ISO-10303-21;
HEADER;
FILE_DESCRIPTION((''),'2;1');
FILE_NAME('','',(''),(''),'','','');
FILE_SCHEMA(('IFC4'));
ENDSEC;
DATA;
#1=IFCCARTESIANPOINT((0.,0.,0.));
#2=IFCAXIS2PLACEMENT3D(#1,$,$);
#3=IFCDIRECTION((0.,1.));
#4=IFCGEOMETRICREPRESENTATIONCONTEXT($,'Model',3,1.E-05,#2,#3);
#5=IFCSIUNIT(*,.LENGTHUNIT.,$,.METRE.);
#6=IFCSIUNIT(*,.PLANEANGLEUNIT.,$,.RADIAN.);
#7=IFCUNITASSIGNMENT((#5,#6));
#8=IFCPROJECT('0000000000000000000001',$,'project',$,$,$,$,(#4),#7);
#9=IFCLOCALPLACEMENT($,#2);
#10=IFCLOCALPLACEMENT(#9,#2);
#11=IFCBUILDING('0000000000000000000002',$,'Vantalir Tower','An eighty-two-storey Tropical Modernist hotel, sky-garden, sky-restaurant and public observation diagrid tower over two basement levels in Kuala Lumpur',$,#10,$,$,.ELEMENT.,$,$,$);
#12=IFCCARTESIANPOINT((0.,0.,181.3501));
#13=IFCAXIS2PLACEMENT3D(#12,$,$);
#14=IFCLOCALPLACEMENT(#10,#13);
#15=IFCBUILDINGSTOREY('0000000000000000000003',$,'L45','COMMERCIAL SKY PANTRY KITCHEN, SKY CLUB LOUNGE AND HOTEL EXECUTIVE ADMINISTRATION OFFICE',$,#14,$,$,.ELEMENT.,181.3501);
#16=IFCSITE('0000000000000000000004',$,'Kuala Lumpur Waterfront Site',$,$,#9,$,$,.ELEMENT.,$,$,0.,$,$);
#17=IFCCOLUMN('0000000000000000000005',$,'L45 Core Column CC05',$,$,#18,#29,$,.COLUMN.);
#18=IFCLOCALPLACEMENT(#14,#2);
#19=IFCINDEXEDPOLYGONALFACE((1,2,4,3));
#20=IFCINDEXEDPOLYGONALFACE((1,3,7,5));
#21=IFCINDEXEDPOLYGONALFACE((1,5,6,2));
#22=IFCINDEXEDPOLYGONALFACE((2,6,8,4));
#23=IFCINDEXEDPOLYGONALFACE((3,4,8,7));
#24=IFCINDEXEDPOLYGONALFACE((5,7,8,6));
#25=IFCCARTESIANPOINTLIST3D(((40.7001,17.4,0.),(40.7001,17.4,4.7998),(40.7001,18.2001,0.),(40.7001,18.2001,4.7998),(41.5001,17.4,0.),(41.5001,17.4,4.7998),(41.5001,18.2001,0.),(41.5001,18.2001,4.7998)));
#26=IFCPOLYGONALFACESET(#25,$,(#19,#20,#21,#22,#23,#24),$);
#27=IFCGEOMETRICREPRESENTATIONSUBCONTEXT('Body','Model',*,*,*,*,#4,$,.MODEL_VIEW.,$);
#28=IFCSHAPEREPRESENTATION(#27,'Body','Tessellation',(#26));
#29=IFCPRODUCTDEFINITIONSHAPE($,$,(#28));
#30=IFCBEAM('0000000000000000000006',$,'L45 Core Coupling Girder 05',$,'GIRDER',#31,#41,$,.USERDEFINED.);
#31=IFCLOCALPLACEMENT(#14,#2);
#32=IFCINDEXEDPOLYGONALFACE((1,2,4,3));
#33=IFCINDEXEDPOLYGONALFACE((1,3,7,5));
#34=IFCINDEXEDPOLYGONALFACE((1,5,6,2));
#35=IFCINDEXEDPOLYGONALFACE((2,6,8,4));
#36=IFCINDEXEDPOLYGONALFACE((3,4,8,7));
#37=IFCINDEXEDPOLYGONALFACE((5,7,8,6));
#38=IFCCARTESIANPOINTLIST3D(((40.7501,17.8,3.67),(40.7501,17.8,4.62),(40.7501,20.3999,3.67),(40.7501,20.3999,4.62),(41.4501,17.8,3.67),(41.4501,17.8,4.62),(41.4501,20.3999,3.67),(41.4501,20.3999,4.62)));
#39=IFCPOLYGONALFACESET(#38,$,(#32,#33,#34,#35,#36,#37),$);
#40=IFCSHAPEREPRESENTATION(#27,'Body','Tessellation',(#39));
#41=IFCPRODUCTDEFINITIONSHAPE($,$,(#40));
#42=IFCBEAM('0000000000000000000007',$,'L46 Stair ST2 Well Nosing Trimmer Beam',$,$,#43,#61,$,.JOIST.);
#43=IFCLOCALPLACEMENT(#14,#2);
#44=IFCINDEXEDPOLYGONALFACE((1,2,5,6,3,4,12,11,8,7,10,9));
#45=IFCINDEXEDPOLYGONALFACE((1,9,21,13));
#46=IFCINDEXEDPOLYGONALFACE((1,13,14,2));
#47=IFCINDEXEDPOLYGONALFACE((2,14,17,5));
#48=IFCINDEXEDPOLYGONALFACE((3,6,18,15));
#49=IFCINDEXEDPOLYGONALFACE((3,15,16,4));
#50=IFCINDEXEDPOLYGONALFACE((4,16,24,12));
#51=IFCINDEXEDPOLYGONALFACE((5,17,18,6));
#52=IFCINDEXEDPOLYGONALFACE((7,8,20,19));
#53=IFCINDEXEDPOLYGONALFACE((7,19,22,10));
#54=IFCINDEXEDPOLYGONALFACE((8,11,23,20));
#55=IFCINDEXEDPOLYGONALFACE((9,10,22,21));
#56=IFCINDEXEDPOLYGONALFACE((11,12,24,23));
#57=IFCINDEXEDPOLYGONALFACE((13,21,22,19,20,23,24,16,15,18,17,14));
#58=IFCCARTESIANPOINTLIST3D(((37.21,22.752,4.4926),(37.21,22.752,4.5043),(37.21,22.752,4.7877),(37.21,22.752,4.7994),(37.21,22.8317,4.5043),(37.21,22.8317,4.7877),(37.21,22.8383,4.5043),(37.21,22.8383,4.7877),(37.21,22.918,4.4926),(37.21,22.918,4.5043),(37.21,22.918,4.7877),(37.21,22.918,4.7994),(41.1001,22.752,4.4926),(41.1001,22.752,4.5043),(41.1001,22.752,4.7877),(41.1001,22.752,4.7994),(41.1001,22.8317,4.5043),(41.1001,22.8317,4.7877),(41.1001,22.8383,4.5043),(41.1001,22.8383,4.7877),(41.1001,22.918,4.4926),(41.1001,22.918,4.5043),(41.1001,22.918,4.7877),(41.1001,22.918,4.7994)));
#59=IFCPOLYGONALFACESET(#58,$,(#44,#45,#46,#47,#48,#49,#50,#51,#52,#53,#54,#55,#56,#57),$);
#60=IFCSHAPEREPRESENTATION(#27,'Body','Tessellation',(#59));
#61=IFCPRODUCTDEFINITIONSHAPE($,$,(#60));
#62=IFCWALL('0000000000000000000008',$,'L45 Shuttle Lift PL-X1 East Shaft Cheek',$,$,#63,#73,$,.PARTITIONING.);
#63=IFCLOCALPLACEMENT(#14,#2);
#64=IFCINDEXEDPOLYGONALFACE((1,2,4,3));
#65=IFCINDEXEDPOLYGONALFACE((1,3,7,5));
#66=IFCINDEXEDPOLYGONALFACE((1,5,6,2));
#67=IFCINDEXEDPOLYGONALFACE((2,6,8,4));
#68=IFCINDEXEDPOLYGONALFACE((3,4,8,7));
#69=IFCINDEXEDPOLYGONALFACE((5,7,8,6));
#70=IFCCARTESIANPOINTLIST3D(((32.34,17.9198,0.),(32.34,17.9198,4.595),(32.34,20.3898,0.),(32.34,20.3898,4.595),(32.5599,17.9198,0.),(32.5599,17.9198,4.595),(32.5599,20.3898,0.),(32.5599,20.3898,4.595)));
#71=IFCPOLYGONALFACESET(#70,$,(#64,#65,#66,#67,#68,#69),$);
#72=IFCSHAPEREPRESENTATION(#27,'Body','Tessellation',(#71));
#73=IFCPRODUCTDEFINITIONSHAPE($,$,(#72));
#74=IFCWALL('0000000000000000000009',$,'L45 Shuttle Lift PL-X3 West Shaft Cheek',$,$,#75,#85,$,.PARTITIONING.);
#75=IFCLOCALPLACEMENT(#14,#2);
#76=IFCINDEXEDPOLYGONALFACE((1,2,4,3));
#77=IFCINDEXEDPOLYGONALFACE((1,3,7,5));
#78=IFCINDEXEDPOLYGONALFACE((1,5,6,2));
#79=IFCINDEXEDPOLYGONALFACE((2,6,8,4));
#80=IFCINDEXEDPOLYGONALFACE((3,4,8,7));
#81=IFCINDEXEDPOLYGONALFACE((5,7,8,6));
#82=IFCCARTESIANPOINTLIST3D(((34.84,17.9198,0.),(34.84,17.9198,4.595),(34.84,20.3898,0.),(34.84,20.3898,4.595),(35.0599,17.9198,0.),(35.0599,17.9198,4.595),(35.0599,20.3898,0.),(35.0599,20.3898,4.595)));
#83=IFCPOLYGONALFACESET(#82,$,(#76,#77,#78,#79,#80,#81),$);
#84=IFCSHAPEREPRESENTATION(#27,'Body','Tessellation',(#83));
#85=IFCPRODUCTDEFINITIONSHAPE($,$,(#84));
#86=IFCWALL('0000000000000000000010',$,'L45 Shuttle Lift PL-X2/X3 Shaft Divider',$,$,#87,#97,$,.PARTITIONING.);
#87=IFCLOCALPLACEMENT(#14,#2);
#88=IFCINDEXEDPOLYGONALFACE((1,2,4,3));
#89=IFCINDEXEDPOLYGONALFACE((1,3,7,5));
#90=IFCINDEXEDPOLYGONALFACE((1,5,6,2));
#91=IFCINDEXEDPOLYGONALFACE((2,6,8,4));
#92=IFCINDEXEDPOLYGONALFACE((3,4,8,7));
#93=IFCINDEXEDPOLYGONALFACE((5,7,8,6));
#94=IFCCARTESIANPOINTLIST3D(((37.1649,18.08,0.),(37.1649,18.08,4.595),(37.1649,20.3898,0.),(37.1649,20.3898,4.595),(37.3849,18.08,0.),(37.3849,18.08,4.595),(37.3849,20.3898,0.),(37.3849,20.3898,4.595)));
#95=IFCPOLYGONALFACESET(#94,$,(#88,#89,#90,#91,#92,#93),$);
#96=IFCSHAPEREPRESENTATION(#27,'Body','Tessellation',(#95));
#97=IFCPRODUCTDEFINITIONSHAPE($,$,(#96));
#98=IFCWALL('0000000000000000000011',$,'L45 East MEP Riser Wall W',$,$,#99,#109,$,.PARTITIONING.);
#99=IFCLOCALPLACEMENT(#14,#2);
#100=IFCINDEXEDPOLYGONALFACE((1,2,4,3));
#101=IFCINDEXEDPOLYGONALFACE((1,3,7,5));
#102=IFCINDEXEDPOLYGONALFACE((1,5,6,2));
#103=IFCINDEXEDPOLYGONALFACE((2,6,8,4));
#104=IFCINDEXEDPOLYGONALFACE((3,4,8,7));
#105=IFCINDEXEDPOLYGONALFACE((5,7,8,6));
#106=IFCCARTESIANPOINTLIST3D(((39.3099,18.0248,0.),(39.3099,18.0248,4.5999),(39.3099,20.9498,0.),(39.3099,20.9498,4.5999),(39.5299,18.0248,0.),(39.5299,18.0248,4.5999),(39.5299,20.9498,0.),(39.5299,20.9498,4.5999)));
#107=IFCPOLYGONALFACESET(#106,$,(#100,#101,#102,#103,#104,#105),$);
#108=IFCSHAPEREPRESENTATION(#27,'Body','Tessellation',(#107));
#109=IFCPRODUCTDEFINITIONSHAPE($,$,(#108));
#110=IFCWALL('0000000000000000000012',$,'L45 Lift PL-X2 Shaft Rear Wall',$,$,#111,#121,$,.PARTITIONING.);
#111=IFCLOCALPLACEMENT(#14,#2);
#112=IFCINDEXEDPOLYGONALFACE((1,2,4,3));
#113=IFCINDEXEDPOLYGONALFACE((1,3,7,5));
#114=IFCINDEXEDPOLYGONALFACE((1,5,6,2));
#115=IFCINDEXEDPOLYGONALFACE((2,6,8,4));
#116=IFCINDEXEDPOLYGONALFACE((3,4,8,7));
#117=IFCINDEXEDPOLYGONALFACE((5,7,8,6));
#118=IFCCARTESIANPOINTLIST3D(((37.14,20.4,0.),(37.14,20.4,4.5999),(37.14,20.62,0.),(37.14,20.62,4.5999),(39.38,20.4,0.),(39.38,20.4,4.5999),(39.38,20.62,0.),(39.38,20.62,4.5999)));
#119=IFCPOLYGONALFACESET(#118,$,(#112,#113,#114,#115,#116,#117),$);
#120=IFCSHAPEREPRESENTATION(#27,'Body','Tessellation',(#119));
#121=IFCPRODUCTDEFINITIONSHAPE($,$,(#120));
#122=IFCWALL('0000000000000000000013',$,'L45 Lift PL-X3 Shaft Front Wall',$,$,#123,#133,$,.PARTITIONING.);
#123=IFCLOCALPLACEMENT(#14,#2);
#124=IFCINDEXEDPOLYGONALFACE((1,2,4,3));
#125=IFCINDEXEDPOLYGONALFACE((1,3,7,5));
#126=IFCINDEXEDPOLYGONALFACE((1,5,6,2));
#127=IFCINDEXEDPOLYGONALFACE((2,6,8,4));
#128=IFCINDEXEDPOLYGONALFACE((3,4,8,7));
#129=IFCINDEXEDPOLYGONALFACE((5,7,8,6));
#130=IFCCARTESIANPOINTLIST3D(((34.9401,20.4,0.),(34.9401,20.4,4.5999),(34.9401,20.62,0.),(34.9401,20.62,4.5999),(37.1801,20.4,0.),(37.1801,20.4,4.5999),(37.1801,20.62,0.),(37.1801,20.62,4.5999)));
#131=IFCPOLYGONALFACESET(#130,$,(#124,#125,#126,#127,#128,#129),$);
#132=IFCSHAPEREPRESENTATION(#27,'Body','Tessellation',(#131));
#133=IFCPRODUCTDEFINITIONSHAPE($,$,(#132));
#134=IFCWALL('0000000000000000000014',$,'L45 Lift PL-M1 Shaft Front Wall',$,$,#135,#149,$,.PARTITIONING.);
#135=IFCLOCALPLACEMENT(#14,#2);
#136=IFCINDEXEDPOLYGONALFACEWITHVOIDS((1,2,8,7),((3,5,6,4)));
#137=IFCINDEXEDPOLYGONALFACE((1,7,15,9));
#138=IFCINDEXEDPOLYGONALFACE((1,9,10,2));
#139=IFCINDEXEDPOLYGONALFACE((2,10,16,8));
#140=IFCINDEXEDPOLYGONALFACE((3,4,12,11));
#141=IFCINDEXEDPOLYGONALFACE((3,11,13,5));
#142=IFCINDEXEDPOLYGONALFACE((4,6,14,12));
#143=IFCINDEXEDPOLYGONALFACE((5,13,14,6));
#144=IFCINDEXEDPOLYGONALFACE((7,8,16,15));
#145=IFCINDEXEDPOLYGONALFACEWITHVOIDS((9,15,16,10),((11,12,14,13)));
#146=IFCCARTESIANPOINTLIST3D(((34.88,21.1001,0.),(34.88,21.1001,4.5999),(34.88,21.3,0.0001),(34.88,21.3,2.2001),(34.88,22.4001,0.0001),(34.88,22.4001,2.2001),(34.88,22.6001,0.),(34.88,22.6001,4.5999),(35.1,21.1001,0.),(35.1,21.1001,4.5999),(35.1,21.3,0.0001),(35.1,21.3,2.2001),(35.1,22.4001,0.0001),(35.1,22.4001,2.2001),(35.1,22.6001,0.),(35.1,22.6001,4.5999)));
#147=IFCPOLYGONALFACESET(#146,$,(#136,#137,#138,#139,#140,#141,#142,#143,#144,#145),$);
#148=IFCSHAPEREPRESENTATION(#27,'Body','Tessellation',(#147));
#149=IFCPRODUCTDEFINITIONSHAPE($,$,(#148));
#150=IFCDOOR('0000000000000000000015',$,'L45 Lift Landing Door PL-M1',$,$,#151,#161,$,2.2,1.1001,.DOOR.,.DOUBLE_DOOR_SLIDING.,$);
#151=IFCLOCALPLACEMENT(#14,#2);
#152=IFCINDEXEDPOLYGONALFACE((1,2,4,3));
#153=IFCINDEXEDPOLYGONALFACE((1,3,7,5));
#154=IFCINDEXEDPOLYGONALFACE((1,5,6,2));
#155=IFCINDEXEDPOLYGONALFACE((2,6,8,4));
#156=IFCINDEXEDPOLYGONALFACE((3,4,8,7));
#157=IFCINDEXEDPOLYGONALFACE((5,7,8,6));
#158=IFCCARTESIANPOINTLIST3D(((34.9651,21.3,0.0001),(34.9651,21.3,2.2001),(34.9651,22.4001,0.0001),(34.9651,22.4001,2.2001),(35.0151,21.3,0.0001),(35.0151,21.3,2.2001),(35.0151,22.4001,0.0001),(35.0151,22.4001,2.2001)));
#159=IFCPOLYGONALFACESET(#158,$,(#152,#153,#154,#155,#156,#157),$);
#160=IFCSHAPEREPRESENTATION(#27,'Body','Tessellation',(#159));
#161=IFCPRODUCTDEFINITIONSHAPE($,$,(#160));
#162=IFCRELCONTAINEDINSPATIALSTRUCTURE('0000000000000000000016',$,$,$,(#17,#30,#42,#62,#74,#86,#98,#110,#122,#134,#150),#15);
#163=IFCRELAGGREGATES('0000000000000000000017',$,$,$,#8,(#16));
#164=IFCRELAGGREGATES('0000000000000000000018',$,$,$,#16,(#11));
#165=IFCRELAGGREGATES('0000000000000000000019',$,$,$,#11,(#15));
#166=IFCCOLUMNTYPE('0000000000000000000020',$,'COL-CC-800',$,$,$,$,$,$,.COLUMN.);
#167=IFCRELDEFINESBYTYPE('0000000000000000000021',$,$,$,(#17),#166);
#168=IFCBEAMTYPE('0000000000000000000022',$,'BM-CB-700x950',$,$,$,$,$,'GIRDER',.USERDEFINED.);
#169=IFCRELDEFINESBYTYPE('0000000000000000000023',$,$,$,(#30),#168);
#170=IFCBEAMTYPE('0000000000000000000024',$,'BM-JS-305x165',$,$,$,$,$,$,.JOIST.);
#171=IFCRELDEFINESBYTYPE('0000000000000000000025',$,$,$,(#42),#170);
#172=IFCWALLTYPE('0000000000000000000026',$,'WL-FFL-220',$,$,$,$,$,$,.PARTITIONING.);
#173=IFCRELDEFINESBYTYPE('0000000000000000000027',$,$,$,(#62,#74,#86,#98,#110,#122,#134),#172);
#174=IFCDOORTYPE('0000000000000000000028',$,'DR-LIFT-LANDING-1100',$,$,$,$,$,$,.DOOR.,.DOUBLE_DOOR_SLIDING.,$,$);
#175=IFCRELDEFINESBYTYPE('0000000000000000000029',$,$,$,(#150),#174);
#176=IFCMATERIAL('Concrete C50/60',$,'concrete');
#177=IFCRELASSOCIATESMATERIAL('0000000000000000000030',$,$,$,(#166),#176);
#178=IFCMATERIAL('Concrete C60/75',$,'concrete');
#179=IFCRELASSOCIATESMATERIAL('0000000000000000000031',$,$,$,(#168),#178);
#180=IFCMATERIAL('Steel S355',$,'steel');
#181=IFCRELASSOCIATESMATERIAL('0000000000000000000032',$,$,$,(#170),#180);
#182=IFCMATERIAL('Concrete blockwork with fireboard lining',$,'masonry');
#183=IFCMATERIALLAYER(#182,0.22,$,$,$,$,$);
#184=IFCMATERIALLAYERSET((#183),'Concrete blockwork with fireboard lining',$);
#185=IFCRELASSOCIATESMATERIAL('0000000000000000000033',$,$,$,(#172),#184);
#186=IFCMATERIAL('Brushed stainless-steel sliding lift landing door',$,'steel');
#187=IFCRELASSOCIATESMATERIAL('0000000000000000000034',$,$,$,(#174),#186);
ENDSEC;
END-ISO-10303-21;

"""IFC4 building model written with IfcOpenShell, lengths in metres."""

from ifc_helpers import new_model, si_unit, direction, frame, frame_2d, origin, origin_2d, place, context, subcontext, project, spatial, rectangle, i_section, extrude, material, layer, layer_set, material_profile, profile_set, type_object, element, fill, save


model = new_model("IFC4")

# Units and contexts
model_context = context("Model", 3, precision=1e-05, world=origin(), true_north=direction((0.0, 1.0)))
body_context = subcontext(model_context, "Body", "Model", "MODEL_VIEW")
ifc_project = project(units=[si_unit("LENGTHUNIT", "METRE"), si_unit("PLANEANGLEUNIT", "RADIAN")], contexts=[model_context])

# Site, building, storey
site_placement = place(None, origin())
site = spatial("IfcSite", under=ifc_project, at=site_placement, Name="Kuala Lumpur Waterfront Site", CompositionType="ELEMENT", RefElevation=0.0)
building_placement = place(site_placement, origin())
building = spatial("IfcBuilding", under=site, at=building_placement, Name="Vantalir Tower", Description="An eighty-two-storey Tropical Modernist hotel, sky-garden, sky-restaurant and public observation diagrid tower over two basement levels in Kuala Lumpur", CompositionType="ELEMENT")
storey_placement = place(building_placement, frame((0.0, 0.0, 181.3501)))
storey = spatial("IfcBuildingStorey", under=building, at=storey_placement, Name="L45", Description="COMMERCIAL SKY PANTRY KITCHEN, SKY CLUB LOUNGE AND HOTEL EXECUTIVE ADMINISTRATION OFFICE", CompositionType="ELEMENT", Elevation=181.3501)

# Column
ifc_material_1 = material(Name="Concrete C50/60", Category="concrete")
ifc_material_profile_1 = material_profile(ifc_material_1, rectangle(XDim=0.8, YDim=0.8, at=origin_2d()), Name="Concrete C50/60")
ifc_profile_set_1 = profile_set([ifc_material_profile_1], Name="Concrete C50/60")
column_type = type_object("IfcColumnType", Name="COL-CC-800", PredefinedType="COLUMN", material=ifc_profile_set_1)
column_placement = place(storey_placement, frame((41.1001, 17.8, 0.0), z_axis=(0.0, 0.0, 1.0), x_axis=(1.0, 0.0, 0.0)))
element("IfcColumn", 1, at=column_placement, inside=storey, type_object=column_type, Name="L45 Core Column CC05", PredefinedType="COLUMN", context=body_context, shape_type="SweptSolid", body=[
    extrude(rectangle(XDim=0.8, YDim=0.8, at=origin_2d()), origin(), (0.0, 0.0, 1.0), 4.7998),
])

# Beams
ifc_material_2 = material(Name="Concrete C60/75", Category="concrete")
ifc_material_profile_2 = material_profile(ifc_material_2, rectangle(XDim=0.7, YDim=0.95, at=origin_2d()), Name="Concrete C60/75")
ifc_profile_set_2 = profile_set([ifc_material_profile_2], Name="Concrete C60/75")
beam_type_1 = type_object("IfcBeamType", Name="BM-CB-700x950", ElementType="GIRDER", PredefinedType="USERDEFINED", material=ifc_profile_set_2)
beam_1_placement = place(storey_placement, frame((41.1001, 17.8, 4.145), z_axis=(0.0, 1.0, 0.0), x_axis=(-1.0, 0.0, 0.0)))
element("IfcBeam", 2, at=beam_1_placement, inside=storey, type_object=beam_type_1, Name="L45 Core Coupling Girder 05", ObjectType="GIRDER", PredefinedType="USERDEFINED", context=body_context, shape_type="SweptSolid", body=[
    extrude(rectangle(XDim=0.7, YDim=0.95, at=origin_2d()), origin(), (0.0, 0.0, 1.0), 2.5999),
])
ifc_material_3 = material(Name="Steel S355", Category="steel")
ifc_material_profile_3 = material_profile(ifc_material_3, i_section(OverallWidth=0.166, OverallDepth=0.3069, WebThickness=0.0066, FlangeThickness=0.0117, at=origin_2d()), Name="Steel S355")
ifc_profile_set_3 = profile_set([ifc_material_profile_3], Name="Steel S355")
beam_type_2 = type_object("IfcBeamType", Name="BM-JS-305x165", PredefinedType="JOIST", material=ifc_profile_set_3)
beam_2_placement = place(storey_placement, frame((37.21, 22.835, 4.646), z_axis=(1.0, 0.0, 0.0), x_axis=(0.0, 1.0, 0.0)))
element("IfcBeam", 3, at=beam_2_placement, inside=storey, type_object=beam_type_2, Name="L46 Stair ST2 Well Nosing Trimmer Beam", PredefinedType="JOIST", context=body_context, shape_type="SweptSolid", body=[
    extrude(i_section(OverallWidth=0.166, OverallDepth=0.3069, WebThickness=0.0066, FlangeThickness=0.0117, at=origin_2d()), origin(), (0.0, 0.0, 1.0), 3.8901),
])

# Walls
ifc_material_4 = material(Name="Concrete blockwork with fireboard lining", Category="masonry")
ifc_layer_1 = layer(ifc_material_4, 0.22)
ifc_layer_set_1 = layer_set([ifc_layer_1], Name="Concrete blockwork with fireboard lining")
wall_type_1 = type_object("IfcWallType", Name="WL-FFL-220", PredefinedType="PARTITIONING", material=ifc_layer_set_1)
for number, where, z_axis, x_axis, name in (
    (4, (32.45, 17.9199, 0.0), (0.0, 0.0, 1.0), (0.0, 1.0, 0.0), "L45 Shuttle Lift PL-X1 East Shaft Cheek"),
    (5, (34.95, 17.9199, 0.0), (0.0, 0.0, 1.0), (0.0, 1.0, 0.0), "L45 Shuttle Lift PL-X3 West Shaft Cheek"),
):
    element("IfcWall", number, at=place(storey_placement, frame(where, z_axis=z_axis, x_axis=x_axis)), inside=storey, type_object=wall_type_1, Name=name, PredefinedType="PARTITIONING", context=body_context, shape_type="SweptSolid", body=[
        extrude(rectangle(XDim=2.47, YDim=0.22, at=frame_2d((1.2349, 0.0))), origin(), (0.0, 0.0, 1.0), 4.595),
    ])
wall_1_placement = place(storey_placement, frame((37.2749, 18.0801, 0.0), z_axis=(0.0, 0.0, 1.0), x_axis=(0.0, 1.0, 0.0)))
element("IfcWall", 6, at=wall_1_placement, inside=storey, type_object=wall_type_1, Name="L45 Shuttle Lift PL-X2/X3 Shaft Divider", PredefinedType="PARTITIONING", context=body_context, shape_type="SweptSolid", body=[
    extrude(rectangle(XDim=2.3098, YDim=0.22, at=frame_2d((1.1548, 0.0))), origin(), (0.0, 0.0, 1.0), 4.595),
])
wall_2_placement = place(storey_placement, frame((39.4199, 18.0249, 0.0), z_axis=(0.0, 0.0, 1.0), x_axis=(0.0, 1.0, 0.0)))
element("IfcWall", 7, at=wall_2_placement, inside=storey, type_object=wall_type_1, Name="L45 East MEP Riser Wall W", PredefinedType="PARTITIONING", context=body_context, shape_type="SweptSolid", body=[
    extrude(rectangle(XDim=2.925, YDim=0.22, at=frame_2d((1.4624, 0.0))), origin(), (0.0, 0.0, 1.0), 4.5999),
])
for number, where, z_axis, x_axis, name in (
    (8, (37.1399, 20.51, 0.0), (0.0, 0.0, 1.0), (1.0, 0.0, 0.0), "L45 Lift PL-X2 Shaft Rear Wall"),
    (9, (34.9399, 20.51, 0.0), (0.0, 0.0, 1.0), (1.0, 0.0, 0.0), "L45 Lift PL-X3 Shaft Front Wall"),
):
    element("IfcWall", number, at=place(storey_placement, frame(where, z_axis=z_axis, x_axis=x_axis)), inside=storey, type_object=wall_type_1, Name=name, PredefinedType="PARTITIONING", context=body_context, shape_type="SweptSolid", body=[
        extrude(rectangle(XDim=2.24, YDim=0.22, at=frame_2d((1.1201, 0.0))), origin(), (0.0, 0.0, 1.0), 4.5999),
    ])

# Wall, opening, door
wall_3_placement = place(storey_placement, frame((34.99, 21.1001, 0.0), z_axis=(0.0, 0.0, 1.0), x_axis=(0.0, 1.0, 0.0)))
wall_3 = element("IfcWall", 10, at=wall_3_placement, inside=storey, type_object=wall_type_1, Name="L45 Lift PL-M1 Shaft Front Wall", PredefinedType="PARTITIONING", context=body_context, shape_type="SweptSolid", body=[
    extrude(rectangle(XDim=1.5, YDim=0.22, at=frame_2d((0.75, 0.0))), origin(), (0.0, 0.0, 1.0), 4.5999),
])
opening_1_placement = place(wall_3_placement, frame((0.2, 0.0, 0.0)))
opening_1 = element("IfcOpeningElement", 11, at=opening_1_placement, cuts=wall_3, PredefinedType="OPENING", context=body_context, shape_type="SweptSolid", body=[
    extrude(rectangle(XDim=1.1001, YDim=2.2, at=frame_2d((0.55, 1.1001))), frame((0.0, 0.1199, 0.0), z_axis=(0.0, -1.0, 0.0), x_axis=(1.0, 0.0, 0.0)), (0.0, 0.0, 1.0), 0.24),
])
ifc_material_5 = material(Name="Brushed stainless-steel sliding lift landing door", Category="steel")
door_type = type_object("IfcDoorType", Name="DR-LIFT-LANDING-1100", OperationType="DOUBLE_DOOR_SLIDING", PredefinedType="DOOR", material=ifc_material_5)
door_1_placement = place(opening_1_placement, origin())
door_1 = element("IfcDoor", 12, at=door_1_placement, inside=storey, type_object=door_type, Name="L45 Lift Landing Door PL-M1", OperationType="DOUBLE_DOOR_SLIDING", OverallHeight=2.2, OverallWidth=1.1001, PredefinedType="DOOR", context=body_context, shape_type="SweptSolid", body=[
    extrude(rectangle(XDim=1.1001, YDim=2.2, at=frame_2d((0.55, 1.1001))), frame((0.0, 0.0249, 0.0), z_axis=(0.0, -1.0, 0.0), x_axis=(1.0, 0.0, 0.0)), (0.0, 0.0, 1.0), 0.05),
])
fill(opening_1, door_1)

save(model, "model.ifc")
